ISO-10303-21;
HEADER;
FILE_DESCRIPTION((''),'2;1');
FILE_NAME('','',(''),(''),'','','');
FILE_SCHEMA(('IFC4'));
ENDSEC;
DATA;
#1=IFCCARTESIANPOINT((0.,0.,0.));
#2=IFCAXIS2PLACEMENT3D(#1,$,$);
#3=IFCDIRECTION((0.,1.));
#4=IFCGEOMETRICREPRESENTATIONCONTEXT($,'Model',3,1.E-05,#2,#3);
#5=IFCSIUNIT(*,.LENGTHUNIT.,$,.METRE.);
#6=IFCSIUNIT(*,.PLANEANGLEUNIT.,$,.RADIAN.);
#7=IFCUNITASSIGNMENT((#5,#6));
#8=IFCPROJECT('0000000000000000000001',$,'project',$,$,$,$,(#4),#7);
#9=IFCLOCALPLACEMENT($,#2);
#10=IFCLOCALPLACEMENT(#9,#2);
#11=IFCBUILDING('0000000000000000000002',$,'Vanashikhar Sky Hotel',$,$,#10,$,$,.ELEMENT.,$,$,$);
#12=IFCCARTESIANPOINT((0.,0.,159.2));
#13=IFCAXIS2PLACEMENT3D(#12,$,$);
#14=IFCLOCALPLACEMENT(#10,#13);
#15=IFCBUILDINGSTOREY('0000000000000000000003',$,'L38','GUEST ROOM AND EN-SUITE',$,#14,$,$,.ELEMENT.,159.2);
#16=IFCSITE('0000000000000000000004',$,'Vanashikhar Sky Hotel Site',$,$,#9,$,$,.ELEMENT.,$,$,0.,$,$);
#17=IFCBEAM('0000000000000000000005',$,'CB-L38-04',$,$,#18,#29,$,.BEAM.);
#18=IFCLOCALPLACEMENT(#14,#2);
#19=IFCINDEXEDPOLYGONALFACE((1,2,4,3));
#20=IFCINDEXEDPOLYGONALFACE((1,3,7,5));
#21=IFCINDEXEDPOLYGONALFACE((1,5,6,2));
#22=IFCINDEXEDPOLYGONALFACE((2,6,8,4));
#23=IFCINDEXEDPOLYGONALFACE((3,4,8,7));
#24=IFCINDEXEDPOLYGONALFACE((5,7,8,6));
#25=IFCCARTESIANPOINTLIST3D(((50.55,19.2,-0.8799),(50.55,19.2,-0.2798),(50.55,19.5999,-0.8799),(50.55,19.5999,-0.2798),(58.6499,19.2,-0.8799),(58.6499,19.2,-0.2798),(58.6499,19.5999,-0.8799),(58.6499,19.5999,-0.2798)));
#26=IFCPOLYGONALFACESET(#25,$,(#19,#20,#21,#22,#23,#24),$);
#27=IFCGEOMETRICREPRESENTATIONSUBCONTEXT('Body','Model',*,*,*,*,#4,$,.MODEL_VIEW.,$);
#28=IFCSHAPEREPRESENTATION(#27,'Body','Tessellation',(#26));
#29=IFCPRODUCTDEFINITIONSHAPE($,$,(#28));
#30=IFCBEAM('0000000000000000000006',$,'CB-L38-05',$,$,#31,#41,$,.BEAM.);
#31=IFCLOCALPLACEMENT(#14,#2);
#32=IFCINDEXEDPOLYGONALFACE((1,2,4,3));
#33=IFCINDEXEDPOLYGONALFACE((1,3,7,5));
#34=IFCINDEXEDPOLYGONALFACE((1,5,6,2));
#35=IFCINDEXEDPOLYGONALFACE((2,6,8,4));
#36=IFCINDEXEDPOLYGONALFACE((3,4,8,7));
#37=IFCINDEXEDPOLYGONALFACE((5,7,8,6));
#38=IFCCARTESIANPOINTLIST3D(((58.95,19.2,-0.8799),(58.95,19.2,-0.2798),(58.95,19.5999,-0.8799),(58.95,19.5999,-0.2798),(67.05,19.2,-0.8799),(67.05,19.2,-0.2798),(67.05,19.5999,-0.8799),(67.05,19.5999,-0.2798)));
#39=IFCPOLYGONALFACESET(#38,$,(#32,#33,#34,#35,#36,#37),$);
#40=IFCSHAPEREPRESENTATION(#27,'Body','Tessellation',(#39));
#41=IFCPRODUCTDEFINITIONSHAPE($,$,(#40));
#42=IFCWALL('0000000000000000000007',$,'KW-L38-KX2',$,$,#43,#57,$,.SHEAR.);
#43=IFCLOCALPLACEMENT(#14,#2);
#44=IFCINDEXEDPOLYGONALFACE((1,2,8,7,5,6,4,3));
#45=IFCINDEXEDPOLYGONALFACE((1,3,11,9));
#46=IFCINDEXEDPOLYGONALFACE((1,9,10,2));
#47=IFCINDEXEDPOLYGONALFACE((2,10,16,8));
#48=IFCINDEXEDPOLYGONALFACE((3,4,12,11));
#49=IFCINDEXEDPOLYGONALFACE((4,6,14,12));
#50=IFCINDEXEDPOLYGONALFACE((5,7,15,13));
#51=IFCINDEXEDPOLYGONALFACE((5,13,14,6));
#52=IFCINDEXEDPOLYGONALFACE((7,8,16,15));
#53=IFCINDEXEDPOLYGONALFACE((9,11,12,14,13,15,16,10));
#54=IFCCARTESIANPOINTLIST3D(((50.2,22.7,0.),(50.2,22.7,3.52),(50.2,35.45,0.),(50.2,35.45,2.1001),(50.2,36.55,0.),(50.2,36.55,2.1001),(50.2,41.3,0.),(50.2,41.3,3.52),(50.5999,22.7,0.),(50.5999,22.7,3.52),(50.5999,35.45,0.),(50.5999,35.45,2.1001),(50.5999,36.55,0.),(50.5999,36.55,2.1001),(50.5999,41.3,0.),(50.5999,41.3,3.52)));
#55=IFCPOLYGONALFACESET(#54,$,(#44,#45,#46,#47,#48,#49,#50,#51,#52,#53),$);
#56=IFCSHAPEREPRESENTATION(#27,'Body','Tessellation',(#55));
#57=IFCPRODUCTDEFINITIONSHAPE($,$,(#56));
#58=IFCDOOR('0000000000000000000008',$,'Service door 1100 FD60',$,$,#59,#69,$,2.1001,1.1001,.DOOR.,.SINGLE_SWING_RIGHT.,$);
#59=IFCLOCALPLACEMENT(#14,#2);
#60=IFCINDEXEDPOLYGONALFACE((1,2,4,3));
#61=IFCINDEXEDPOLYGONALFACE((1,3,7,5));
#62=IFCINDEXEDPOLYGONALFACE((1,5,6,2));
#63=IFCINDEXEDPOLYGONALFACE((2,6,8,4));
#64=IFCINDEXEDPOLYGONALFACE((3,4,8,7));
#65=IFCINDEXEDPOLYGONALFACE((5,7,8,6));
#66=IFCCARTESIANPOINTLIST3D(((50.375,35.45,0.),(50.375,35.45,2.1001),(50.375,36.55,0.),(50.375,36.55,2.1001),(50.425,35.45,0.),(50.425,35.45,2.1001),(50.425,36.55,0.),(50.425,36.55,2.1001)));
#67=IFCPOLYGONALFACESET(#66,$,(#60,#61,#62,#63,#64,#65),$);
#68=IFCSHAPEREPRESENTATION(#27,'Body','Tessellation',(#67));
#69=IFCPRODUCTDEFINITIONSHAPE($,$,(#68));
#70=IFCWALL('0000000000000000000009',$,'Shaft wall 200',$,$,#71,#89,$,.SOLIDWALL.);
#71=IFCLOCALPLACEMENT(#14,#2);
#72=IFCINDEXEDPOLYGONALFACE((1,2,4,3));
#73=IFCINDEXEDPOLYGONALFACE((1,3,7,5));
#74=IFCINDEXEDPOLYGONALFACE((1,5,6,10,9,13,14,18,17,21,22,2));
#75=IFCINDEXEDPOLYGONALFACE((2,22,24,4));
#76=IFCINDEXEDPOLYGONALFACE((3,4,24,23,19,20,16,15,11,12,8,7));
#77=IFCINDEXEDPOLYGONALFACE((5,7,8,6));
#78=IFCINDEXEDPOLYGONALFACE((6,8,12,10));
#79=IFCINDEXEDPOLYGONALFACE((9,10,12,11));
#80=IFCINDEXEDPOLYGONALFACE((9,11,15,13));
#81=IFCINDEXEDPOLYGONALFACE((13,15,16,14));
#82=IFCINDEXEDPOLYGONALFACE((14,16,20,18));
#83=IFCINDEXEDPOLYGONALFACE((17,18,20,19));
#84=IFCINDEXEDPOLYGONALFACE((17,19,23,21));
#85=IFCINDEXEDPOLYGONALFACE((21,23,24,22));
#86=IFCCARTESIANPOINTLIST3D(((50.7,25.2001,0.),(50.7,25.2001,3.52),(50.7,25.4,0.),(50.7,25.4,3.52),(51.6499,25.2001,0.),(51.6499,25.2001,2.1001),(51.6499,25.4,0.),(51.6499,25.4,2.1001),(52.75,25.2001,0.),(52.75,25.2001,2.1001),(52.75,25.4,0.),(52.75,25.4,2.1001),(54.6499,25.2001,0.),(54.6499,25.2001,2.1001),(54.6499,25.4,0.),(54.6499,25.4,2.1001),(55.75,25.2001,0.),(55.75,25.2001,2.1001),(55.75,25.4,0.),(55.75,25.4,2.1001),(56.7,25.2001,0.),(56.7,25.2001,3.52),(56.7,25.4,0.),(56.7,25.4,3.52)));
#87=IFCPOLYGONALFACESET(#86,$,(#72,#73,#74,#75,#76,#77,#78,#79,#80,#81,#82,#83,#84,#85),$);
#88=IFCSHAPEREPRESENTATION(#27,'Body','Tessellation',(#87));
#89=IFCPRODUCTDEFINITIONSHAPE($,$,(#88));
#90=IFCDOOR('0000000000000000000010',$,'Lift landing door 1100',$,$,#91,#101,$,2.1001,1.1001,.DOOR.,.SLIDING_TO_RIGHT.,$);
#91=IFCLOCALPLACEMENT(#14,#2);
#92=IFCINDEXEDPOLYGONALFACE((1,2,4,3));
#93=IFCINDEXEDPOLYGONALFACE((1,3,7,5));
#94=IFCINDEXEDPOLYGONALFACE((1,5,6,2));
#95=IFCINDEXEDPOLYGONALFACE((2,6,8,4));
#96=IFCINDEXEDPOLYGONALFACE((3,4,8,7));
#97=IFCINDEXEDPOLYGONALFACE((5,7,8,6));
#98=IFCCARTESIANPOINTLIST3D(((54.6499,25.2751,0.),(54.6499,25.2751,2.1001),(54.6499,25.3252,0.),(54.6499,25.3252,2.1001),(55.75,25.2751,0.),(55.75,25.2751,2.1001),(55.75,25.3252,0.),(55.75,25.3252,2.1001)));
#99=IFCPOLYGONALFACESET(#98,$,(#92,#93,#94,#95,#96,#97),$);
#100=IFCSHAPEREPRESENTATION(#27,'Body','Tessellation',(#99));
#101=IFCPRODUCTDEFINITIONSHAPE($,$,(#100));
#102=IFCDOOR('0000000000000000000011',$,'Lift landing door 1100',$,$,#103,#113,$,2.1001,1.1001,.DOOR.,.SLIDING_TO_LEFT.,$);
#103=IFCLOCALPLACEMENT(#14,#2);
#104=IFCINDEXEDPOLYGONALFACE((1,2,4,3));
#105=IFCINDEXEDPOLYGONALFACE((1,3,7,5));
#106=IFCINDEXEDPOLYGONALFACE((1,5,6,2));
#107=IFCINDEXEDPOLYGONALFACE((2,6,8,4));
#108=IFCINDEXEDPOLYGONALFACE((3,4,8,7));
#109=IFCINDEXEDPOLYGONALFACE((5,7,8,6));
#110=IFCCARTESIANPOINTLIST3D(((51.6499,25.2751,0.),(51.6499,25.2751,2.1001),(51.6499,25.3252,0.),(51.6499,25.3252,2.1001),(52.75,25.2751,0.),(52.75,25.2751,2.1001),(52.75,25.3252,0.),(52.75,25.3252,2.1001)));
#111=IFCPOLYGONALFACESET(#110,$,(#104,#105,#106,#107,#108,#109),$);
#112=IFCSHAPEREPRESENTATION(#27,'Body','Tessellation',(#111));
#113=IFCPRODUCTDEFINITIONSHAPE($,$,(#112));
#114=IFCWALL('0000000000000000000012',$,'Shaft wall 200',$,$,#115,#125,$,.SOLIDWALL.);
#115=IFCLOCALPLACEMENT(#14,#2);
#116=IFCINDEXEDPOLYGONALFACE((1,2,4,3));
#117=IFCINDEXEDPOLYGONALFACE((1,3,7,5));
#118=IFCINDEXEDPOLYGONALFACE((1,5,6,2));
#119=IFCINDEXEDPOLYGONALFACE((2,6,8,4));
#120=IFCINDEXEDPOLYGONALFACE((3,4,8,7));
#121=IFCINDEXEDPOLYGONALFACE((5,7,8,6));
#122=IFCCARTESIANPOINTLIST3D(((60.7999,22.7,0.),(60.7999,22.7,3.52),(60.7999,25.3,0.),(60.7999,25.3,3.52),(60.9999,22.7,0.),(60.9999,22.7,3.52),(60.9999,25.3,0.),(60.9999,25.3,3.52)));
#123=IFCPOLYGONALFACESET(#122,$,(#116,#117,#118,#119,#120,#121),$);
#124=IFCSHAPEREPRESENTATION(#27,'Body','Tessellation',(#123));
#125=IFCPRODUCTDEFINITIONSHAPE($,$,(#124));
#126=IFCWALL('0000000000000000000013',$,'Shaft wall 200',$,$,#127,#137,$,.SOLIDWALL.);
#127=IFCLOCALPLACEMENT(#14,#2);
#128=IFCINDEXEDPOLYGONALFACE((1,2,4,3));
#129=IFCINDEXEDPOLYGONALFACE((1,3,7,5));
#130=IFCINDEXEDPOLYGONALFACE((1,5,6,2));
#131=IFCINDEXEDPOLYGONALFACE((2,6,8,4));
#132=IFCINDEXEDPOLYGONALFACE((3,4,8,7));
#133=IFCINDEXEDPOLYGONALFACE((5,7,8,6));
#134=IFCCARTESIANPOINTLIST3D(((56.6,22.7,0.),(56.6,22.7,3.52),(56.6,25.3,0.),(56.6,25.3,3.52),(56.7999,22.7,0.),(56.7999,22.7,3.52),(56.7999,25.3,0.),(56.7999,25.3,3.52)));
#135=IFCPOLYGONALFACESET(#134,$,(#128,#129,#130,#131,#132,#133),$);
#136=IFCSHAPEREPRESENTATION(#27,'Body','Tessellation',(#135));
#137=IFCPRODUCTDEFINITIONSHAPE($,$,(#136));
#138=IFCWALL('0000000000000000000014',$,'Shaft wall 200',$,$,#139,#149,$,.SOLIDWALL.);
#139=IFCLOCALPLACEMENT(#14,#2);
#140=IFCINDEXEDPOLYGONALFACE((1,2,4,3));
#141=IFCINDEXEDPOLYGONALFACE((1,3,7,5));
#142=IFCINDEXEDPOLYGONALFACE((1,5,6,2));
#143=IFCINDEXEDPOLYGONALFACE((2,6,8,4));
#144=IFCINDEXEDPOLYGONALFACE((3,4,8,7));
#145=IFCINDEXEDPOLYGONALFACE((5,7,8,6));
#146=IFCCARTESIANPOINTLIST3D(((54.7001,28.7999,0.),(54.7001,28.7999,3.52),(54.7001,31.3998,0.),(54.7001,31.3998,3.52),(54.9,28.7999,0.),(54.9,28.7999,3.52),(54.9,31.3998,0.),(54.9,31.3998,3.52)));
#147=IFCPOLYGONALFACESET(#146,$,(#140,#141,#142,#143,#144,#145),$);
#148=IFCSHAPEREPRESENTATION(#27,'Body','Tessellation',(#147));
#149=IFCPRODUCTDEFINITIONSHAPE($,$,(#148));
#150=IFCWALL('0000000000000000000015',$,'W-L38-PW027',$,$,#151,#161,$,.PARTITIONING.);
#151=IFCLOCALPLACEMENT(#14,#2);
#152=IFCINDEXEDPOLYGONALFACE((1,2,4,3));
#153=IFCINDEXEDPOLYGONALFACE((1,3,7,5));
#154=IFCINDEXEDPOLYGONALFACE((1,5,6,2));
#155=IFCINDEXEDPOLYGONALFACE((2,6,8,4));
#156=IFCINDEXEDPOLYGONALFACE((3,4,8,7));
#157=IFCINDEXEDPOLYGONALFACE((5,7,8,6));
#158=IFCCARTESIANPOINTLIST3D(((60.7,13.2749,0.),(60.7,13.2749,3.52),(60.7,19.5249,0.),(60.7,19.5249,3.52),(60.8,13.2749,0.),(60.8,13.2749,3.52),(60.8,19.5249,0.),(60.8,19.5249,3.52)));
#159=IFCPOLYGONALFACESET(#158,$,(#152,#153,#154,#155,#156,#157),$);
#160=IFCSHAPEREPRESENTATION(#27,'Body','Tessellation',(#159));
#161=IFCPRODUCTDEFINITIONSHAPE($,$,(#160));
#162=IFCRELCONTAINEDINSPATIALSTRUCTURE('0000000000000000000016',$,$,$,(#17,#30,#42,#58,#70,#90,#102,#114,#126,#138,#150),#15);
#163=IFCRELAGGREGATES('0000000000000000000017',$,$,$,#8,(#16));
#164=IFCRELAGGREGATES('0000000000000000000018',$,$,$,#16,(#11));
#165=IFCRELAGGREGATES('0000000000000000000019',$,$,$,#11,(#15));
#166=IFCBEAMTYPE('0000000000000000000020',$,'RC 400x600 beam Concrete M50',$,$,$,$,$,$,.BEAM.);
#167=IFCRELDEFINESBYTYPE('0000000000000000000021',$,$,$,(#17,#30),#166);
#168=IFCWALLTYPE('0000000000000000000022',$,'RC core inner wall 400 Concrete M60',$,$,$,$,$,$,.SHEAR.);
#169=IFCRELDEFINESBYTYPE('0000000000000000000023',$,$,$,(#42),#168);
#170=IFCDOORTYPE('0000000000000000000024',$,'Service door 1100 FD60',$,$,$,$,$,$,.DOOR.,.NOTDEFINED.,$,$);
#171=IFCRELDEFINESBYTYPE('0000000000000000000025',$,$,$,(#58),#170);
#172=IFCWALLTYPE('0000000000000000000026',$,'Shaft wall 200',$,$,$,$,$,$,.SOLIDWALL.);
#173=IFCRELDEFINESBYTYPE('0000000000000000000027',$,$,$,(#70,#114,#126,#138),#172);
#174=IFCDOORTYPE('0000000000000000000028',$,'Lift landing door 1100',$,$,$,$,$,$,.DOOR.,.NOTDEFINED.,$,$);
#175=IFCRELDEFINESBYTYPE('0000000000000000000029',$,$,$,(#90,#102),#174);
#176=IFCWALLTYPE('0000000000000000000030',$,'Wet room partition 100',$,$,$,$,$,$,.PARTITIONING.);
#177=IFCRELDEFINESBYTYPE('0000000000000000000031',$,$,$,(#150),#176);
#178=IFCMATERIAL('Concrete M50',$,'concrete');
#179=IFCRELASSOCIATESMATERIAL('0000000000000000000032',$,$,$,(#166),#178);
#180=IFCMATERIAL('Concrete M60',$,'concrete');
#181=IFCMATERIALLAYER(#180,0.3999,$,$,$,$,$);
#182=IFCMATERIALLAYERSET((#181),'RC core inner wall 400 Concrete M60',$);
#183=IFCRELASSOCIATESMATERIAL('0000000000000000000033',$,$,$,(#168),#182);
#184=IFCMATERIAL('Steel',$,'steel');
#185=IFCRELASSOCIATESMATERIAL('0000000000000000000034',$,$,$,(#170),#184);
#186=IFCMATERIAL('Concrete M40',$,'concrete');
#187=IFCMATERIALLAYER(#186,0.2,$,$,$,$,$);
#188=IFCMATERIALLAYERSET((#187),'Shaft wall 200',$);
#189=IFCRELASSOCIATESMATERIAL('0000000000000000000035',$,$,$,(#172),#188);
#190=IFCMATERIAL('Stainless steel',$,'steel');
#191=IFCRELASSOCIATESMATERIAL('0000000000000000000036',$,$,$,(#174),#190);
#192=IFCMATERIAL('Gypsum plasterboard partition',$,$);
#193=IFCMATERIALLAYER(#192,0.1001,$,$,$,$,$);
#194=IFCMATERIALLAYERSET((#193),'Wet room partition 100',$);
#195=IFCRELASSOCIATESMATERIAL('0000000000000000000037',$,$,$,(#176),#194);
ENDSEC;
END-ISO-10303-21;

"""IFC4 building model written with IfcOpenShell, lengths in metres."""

from ifc_helpers import new_model, si_unit, direction, frame, frame_2d, origin, origin_2d, place, context, subcontext, project, spatial, rectangle, extrude, source, transform, mapped, material, layer, layer_set, material_profile, profile_set, type_object, element, fill, save


model = new_model("IFC4")

# Units and contexts
model_context = context("Model", 3, precision=1e-05, world=origin(), true_north=direction((0.0, 1.0)))
body_context = subcontext(model_context, "Body", "Model", "MODEL_VIEW")
ifc_project = project(units=[si_unit("LENGTHUNIT", "METRE"), si_unit("PLANEANGLEUNIT", "RADIAN")], contexts=[model_context])

# Site, building, storey
site_placement = place(None, origin())
site = spatial("IfcSite", under=ifc_project, at=site_placement, Name="Vanashikhar Sky Hotel Site", CompositionType="ELEMENT", RefElevation=0.0)
building_placement = place(site_placement, origin())
building = spatial("IfcBuilding", under=site, at=building_placement, Name="Vanashikhar Sky Hotel", CompositionType="ELEMENT")
storey_placement = place(building_placement, frame((0.0, 0.0, 159.2)))
storey = spatial("IfcBuildingStorey", under=building, at=storey_placement, Name="L38", Description="GUEST ROOM AND EN-SUITE", CompositionType="ELEMENT", Elevation=159.2)

# Beams
ifc_material_1 = material(Name="Concrete M50", Category="concrete")
ifc_material_profile = material_profile(ifc_material_1, rectangle(XDim=0.3999, YDim=0.6001, at=origin_2d()))
ifc_profile_set = profile_set([ifc_material_profile], Name="RC 400x600 beam Concrete M50")
beam_type = type_object("IfcBeamType", Name="RC 400x600 beam Concrete M50", PredefinedType="BEAM", material=ifc_profile_set)
shared_shape_1 = source(origin(), body_context, "Body", "SweptSolid", [
    extrude(rectangle(XDim=0.3999, YDim=0.6001, at=origin_2d()), origin(), (0.0, 0.0, 1.0), 8.0999),
])
beam_1_placement = place(storey_placement, frame((50.55, 19.3999, -0.5798), z_axis=(1.0, 0.0, 0.0), x_axis=(0.0, 1.0, 0.0)))
element("IfcBeam", 1, at=beam_1_placement, inside=storey, type_object=beam_type, Name="CB-L38-04", PredefinedType="BEAM", context=body_context, shape_type="MappedRepresentation", body=[
    mapped(shared_shape_1, transform((0.0, 0.0, 0.0), scale=1.0)),
])
shared_shape_2 = source(origin(), body_context, "Body", "SweptSolid", [
    extrude(rectangle(XDim=0.3999, YDim=0.6001, at=origin_2d()), origin(), (0.0, 0.0, 1.0), 8.1001),
])
beam_2_placement = place(storey_placement, frame((58.95, 19.3999, -0.5798), z_axis=(1.0, 0.0, 0.0), x_axis=(0.0, 1.0, 0.0)))
element("IfcBeam", 2, at=beam_2_placement, inside=storey, type_object=beam_type, Name="CB-L38-05", PredefinedType="BEAM", context=body_context, shape_type="MappedRepresentation", body=[
    mapped(shared_shape_2, transform((0.0, 0.0, 0.0), scale=1.0)),
])

# Wall, opening, door
ifc_material_2 = material(Name="Concrete M60", Category="concrete")
ifc_layer_1 = layer(ifc_material_2, 0.3999)
ifc_layer_set_1 = layer_set([ifc_layer_1], Name="RC core inner wall 400 Concrete M60")
wall_type_1 = type_object("IfcWallType", Name="RC core inner wall 400 Concrete M60", PredefinedType="SHEAR", material=ifc_layer_set_1)
shared_shape_3 = source(origin(), body_context, "Body", "SweptSolid", [
    extrude(rectangle(XDim=18.6001, YDim=0.3999, at=frame_2d((9.3, 0.0))), origin(), (0.0, 0.0, 1.0), 3.52),
])
wall_1_placement = place(storey_placement, frame((50.3999, 22.7, 0.0), z_axis=(0.0, 0.0, 1.0), x_axis=(0.0, 1.0, 0.0)))
wall_1 = element("IfcWall", 3, at=wall_1_placement, inside=storey, type_object=wall_type_1, Name="KW-L38-KX2", PredefinedType="SHEAR", context=body_context, shape_type="MappedRepresentation", body=[
    mapped(shared_shape_3, transform((0.0, 0.0, 0.0), scale=1.0)),
])
shared_shape_4 = source(origin(), body_context, "Body", "SweptSolid", [
    extrude(rectangle(XDim=1.1001, YDim=2.1001, at=frame_2d((0.55, 1.05))), frame((0.0, 0.21, 0.0), z_axis=(0.0, -1.0, 0.0), x_axis=(1.0, 0.0, 0.0)), (0.0, 0.0, 1.0), 0.4199),
])
opening_1_placement = place(wall_1_placement, frame((12.75, 0.0, 0.0)))
opening_1 = element("IfcOpeningElement", 4, at=opening_1_placement, cuts=wall_1, PredefinedType="OPENING", context=body_context, shape_type="MappedRepresentation", body=[
    mapped(shared_shape_4, transform((0.0, 0.0, 0.0), scale=1.0)),
])
ifc_material_3 = material(Name="Steel", Category="steel")
door_type_1 = type_object("IfcDoorType", Name="Service door 1100 FD60", OperationType="NOTDEFINED", PredefinedType="DOOR", material=ifc_material_3)
shared_shape_5 = source(origin(), body_context, "Body", "SweptSolid", [
    extrude(rectangle(XDim=1.1001, YDim=2.1001, at=frame_2d((0.55, 1.05))), frame((0.0, 0.0249, 0.0), z_axis=(0.0, -1.0, 0.0), x_axis=(1.0, 0.0, 0.0)), (0.0, 0.0, 1.0), 0.05),
])
door_1_placement = place(opening_1_placement, origin())
door_1 = element("IfcDoor", 5, at=door_1_placement, inside=storey, type_object=door_type_1, Name="Service door 1100 FD60", OperationType="SINGLE_SWING_RIGHT", OverallHeight=2.1001, OverallWidth=1.1001, PredefinedType="DOOR", context=body_context, shape_type="MappedRepresentation", body=[
    mapped(shared_shape_5, transform((0.0, 0.0, 0.0), scale=1.0)),
])
fill(opening_1, door_1)

# Wall, openings, doors
ifc_material_4 = material(Name="Concrete M40", Category="concrete")
ifc_layer_2 = layer(ifc_material_4, 0.2)
ifc_layer_set_2 = layer_set([ifc_layer_2], Name="Shaft wall 200")
wall_type_2 = type_object("IfcWallType", Name="Shaft wall 200", PredefinedType="SOLIDWALL", material=ifc_layer_set_2)
shared_shape_6 = source(origin(), body_context, "Body", "SweptSolid", [
    extrude(rectangle(XDim=6.0, YDim=0.2, at=frame_2d((3.0, 0.0))), origin(), (0.0, 0.0, 1.0), 3.52),
])
wall_2_placement = place(storey_placement, frame((56.7, 25.3, 0.0), z_axis=(0.0, 0.0, 1.0), x_axis=(-1.0, 0.0, 0.0)))
wall_2 = element("IfcWall", 6, at=wall_2_placement, inside=storey, type_object=wall_type_2, Name="Shaft wall 200", PredefinedType="SOLIDWALL", context=body_context, shape_type="MappedRepresentation", body=[
    mapped(shared_shape_6, transform((0.0, 0.0, 0.0), scale=1.0)),
])
shared_shape_7 = source(origin(), body_context, "Body", "SweptSolid", [
    extrude(rectangle(XDim=1.1001, YDim=2.1001, at=frame_2d((0.55, 1.05))), frame((0.0, 0.1099, 0.0), z_axis=(0.0, -1.0, 0.0), x_axis=(1.0, 0.0, 0.0)), (0.0, 0.0, 1.0), 0.22),
])
opening_2_placement = place(wall_2_placement, frame((0.95, 0.0, 0.0)))
opening_2 = element("IfcOpeningElement", 7, at=opening_2_placement, cuts=wall_2, PredefinedType="OPENING", context=body_context, shape_type="MappedRepresentation", body=[
    mapped(shared_shape_7, transform((0.0, 0.0, 0.0), scale=1.0)),
])
opening_3_placement = place(wall_2_placement, frame((3.95, 0.0, 0.0)))
opening_3 = element("IfcOpeningElement", 8, at=opening_3_placement, cuts=wall_2, PredefinedType="OPENING", context=body_context, shape_type="MappedRepresentation", body=[
    mapped(shared_shape_7, transform((0.0, 0.0, 0.0), scale=1.0)),
])
ifc_material_5 = material(Name="Stainless steel", Category="steel")
door_type_2 = type_object("IfcDoorType", Name="Lift landing door 1100", OperationType="NOTDEFINED", PredefinedType="DOOR", material=ifc_material_5)
door_2_placement = place(opening_2_placement, origin())
door_2 = element("IfcDoor", 9, at=door_2_placement, inside=storey, type_object=door_type_2, Name="Lift landing door 1100", OperationType="SLIDING_TO_RIGHT", OverallHeight=2.1001, OverallWidth=1.1001, PredefinedType="DOOR", context=body_context, shape_type="MappedRepresentation", body=[
    mapped(shared_shape_5, transform((0.0, 0.0, 0.0), scale=1.0)),
])
fill(opening_2, door_2)
door_3_placement = place(opening_3_placement, origin())
door_3 = element("IfcDoor", 10, at=door_3_placement, inside=storey, type_object=door_type_2, Name="Lift landing door 1100", OperationType="SLIDING_TO_LEFT", OverallHeight=2.1001, OverallWidth=1.1001, PredefinedType="DOOR", context=body_context, shape_type="MappedRepresentation", body=[
    mapped(shared_shape_5, transform((0.0, 0.0, 0.0), scale=1.0)),
])
fill(opening_3, door_3)

# Walls
shared_shape_8 = source(origin(), body_context, "Body", "SweptSolid", [
    extrude(rectangle(XDim=2.6001, YDim=0.2, at=frame_2d((1.3, 0.0))), origin(), (0.0, 0.0, 1.0), 3.52),
])
for number, where, z_axis, x_axis, name in (
    (11, (60.8999, 22.7, 0.0), (0.0, 0.0, 1.0), (0.0, 1.0, 0.0), "Shaft wall 200"),
    (12, (56.7, 22.7, 0.0), (0.0, 0.0, 1.0), (0.0, 1.0, 0.0), "Shaft wall 200"),
):
    element("IfcWall", number, at=place(storey_placement, frame(where, z_axis=z_axis, x_axis=x_axis)), inside=storey, type_object=wall_type_2, Name=name, PredefinedType="SOLIDWALL", context=body_context, shape_type="MappedRepresentation", body=[
        mapped(shared_shape_8, transform((0.0, 0.0, 0.0), scale=1.0)),
    ])
shared_shape_9 = source(origin(), body_context, "Body", "SweptSolid", [
    extrude(rectangle(XDim=2.5999, YDim=0.2, at=frame_2d((1.2998, 0.0))), origin(), (0.0, 0.0, 1.0), 3.52),
])
wall_3_placement = place(storey_placement, frame((54.8, 28.8, 0.0), z_axis=(0.0, 0.0, 1.0), x_axis=(0.0, 1.0, 0.0)))
element("IfcWall", 13, at=wall_3_placement, inside=storey, type_object=wall_type_2, Name="Shaft wall 200", PredefinedType="SOLIDWALL", context=body_context, shape_type="MappedRepresentation", body=[
    mapped(shared_shape_9, transform((0.0, 0.0, 0.0), scale=1.0)),
])
ifc_material_6 = material(Name="Gypsum plasterboard partition")
ifc_layer_3 = layer(ifc_material_6, 0.1001)
ifc_layer_set_3 = layer_set([ifc_layer_3], Name="Wet room partition 100")
wall_type_3 = type_object("IfcWallType", Name="Wet room partition 100", PredefinedType="PARTITIONING", material=ifc_layer_set_3)
shared_shape_10 = source(origin(), body_context, "Body", "SweptSolid", [
    extrude(rectangle(XDim=6.25, YDim=0.1001, at=frame_2d((3.125, 0.0))), origin(), (0.0, 0.0, 1.0), 3.52),
])
wall_4_placement = place(storey_placement, frame((60.75, 13.2749, 0.0), z_axis=(0.0, 0.0, 1.0), x_axis=(0.0, 1.0, 0.0)))
element("IfcWall", 14, at=wall_4_placement, inside=storey, type_object=wall_type_3, Name="W-L38-PW027", PredefinedType="PARTITIONING", context=body_context, shape_type="MappedRepresentation", body=[
    mapped(shared_shape_10, transform((0.0, 0.0, 0.0), scale=1.0)),
])

save(model, "model.ifc")
